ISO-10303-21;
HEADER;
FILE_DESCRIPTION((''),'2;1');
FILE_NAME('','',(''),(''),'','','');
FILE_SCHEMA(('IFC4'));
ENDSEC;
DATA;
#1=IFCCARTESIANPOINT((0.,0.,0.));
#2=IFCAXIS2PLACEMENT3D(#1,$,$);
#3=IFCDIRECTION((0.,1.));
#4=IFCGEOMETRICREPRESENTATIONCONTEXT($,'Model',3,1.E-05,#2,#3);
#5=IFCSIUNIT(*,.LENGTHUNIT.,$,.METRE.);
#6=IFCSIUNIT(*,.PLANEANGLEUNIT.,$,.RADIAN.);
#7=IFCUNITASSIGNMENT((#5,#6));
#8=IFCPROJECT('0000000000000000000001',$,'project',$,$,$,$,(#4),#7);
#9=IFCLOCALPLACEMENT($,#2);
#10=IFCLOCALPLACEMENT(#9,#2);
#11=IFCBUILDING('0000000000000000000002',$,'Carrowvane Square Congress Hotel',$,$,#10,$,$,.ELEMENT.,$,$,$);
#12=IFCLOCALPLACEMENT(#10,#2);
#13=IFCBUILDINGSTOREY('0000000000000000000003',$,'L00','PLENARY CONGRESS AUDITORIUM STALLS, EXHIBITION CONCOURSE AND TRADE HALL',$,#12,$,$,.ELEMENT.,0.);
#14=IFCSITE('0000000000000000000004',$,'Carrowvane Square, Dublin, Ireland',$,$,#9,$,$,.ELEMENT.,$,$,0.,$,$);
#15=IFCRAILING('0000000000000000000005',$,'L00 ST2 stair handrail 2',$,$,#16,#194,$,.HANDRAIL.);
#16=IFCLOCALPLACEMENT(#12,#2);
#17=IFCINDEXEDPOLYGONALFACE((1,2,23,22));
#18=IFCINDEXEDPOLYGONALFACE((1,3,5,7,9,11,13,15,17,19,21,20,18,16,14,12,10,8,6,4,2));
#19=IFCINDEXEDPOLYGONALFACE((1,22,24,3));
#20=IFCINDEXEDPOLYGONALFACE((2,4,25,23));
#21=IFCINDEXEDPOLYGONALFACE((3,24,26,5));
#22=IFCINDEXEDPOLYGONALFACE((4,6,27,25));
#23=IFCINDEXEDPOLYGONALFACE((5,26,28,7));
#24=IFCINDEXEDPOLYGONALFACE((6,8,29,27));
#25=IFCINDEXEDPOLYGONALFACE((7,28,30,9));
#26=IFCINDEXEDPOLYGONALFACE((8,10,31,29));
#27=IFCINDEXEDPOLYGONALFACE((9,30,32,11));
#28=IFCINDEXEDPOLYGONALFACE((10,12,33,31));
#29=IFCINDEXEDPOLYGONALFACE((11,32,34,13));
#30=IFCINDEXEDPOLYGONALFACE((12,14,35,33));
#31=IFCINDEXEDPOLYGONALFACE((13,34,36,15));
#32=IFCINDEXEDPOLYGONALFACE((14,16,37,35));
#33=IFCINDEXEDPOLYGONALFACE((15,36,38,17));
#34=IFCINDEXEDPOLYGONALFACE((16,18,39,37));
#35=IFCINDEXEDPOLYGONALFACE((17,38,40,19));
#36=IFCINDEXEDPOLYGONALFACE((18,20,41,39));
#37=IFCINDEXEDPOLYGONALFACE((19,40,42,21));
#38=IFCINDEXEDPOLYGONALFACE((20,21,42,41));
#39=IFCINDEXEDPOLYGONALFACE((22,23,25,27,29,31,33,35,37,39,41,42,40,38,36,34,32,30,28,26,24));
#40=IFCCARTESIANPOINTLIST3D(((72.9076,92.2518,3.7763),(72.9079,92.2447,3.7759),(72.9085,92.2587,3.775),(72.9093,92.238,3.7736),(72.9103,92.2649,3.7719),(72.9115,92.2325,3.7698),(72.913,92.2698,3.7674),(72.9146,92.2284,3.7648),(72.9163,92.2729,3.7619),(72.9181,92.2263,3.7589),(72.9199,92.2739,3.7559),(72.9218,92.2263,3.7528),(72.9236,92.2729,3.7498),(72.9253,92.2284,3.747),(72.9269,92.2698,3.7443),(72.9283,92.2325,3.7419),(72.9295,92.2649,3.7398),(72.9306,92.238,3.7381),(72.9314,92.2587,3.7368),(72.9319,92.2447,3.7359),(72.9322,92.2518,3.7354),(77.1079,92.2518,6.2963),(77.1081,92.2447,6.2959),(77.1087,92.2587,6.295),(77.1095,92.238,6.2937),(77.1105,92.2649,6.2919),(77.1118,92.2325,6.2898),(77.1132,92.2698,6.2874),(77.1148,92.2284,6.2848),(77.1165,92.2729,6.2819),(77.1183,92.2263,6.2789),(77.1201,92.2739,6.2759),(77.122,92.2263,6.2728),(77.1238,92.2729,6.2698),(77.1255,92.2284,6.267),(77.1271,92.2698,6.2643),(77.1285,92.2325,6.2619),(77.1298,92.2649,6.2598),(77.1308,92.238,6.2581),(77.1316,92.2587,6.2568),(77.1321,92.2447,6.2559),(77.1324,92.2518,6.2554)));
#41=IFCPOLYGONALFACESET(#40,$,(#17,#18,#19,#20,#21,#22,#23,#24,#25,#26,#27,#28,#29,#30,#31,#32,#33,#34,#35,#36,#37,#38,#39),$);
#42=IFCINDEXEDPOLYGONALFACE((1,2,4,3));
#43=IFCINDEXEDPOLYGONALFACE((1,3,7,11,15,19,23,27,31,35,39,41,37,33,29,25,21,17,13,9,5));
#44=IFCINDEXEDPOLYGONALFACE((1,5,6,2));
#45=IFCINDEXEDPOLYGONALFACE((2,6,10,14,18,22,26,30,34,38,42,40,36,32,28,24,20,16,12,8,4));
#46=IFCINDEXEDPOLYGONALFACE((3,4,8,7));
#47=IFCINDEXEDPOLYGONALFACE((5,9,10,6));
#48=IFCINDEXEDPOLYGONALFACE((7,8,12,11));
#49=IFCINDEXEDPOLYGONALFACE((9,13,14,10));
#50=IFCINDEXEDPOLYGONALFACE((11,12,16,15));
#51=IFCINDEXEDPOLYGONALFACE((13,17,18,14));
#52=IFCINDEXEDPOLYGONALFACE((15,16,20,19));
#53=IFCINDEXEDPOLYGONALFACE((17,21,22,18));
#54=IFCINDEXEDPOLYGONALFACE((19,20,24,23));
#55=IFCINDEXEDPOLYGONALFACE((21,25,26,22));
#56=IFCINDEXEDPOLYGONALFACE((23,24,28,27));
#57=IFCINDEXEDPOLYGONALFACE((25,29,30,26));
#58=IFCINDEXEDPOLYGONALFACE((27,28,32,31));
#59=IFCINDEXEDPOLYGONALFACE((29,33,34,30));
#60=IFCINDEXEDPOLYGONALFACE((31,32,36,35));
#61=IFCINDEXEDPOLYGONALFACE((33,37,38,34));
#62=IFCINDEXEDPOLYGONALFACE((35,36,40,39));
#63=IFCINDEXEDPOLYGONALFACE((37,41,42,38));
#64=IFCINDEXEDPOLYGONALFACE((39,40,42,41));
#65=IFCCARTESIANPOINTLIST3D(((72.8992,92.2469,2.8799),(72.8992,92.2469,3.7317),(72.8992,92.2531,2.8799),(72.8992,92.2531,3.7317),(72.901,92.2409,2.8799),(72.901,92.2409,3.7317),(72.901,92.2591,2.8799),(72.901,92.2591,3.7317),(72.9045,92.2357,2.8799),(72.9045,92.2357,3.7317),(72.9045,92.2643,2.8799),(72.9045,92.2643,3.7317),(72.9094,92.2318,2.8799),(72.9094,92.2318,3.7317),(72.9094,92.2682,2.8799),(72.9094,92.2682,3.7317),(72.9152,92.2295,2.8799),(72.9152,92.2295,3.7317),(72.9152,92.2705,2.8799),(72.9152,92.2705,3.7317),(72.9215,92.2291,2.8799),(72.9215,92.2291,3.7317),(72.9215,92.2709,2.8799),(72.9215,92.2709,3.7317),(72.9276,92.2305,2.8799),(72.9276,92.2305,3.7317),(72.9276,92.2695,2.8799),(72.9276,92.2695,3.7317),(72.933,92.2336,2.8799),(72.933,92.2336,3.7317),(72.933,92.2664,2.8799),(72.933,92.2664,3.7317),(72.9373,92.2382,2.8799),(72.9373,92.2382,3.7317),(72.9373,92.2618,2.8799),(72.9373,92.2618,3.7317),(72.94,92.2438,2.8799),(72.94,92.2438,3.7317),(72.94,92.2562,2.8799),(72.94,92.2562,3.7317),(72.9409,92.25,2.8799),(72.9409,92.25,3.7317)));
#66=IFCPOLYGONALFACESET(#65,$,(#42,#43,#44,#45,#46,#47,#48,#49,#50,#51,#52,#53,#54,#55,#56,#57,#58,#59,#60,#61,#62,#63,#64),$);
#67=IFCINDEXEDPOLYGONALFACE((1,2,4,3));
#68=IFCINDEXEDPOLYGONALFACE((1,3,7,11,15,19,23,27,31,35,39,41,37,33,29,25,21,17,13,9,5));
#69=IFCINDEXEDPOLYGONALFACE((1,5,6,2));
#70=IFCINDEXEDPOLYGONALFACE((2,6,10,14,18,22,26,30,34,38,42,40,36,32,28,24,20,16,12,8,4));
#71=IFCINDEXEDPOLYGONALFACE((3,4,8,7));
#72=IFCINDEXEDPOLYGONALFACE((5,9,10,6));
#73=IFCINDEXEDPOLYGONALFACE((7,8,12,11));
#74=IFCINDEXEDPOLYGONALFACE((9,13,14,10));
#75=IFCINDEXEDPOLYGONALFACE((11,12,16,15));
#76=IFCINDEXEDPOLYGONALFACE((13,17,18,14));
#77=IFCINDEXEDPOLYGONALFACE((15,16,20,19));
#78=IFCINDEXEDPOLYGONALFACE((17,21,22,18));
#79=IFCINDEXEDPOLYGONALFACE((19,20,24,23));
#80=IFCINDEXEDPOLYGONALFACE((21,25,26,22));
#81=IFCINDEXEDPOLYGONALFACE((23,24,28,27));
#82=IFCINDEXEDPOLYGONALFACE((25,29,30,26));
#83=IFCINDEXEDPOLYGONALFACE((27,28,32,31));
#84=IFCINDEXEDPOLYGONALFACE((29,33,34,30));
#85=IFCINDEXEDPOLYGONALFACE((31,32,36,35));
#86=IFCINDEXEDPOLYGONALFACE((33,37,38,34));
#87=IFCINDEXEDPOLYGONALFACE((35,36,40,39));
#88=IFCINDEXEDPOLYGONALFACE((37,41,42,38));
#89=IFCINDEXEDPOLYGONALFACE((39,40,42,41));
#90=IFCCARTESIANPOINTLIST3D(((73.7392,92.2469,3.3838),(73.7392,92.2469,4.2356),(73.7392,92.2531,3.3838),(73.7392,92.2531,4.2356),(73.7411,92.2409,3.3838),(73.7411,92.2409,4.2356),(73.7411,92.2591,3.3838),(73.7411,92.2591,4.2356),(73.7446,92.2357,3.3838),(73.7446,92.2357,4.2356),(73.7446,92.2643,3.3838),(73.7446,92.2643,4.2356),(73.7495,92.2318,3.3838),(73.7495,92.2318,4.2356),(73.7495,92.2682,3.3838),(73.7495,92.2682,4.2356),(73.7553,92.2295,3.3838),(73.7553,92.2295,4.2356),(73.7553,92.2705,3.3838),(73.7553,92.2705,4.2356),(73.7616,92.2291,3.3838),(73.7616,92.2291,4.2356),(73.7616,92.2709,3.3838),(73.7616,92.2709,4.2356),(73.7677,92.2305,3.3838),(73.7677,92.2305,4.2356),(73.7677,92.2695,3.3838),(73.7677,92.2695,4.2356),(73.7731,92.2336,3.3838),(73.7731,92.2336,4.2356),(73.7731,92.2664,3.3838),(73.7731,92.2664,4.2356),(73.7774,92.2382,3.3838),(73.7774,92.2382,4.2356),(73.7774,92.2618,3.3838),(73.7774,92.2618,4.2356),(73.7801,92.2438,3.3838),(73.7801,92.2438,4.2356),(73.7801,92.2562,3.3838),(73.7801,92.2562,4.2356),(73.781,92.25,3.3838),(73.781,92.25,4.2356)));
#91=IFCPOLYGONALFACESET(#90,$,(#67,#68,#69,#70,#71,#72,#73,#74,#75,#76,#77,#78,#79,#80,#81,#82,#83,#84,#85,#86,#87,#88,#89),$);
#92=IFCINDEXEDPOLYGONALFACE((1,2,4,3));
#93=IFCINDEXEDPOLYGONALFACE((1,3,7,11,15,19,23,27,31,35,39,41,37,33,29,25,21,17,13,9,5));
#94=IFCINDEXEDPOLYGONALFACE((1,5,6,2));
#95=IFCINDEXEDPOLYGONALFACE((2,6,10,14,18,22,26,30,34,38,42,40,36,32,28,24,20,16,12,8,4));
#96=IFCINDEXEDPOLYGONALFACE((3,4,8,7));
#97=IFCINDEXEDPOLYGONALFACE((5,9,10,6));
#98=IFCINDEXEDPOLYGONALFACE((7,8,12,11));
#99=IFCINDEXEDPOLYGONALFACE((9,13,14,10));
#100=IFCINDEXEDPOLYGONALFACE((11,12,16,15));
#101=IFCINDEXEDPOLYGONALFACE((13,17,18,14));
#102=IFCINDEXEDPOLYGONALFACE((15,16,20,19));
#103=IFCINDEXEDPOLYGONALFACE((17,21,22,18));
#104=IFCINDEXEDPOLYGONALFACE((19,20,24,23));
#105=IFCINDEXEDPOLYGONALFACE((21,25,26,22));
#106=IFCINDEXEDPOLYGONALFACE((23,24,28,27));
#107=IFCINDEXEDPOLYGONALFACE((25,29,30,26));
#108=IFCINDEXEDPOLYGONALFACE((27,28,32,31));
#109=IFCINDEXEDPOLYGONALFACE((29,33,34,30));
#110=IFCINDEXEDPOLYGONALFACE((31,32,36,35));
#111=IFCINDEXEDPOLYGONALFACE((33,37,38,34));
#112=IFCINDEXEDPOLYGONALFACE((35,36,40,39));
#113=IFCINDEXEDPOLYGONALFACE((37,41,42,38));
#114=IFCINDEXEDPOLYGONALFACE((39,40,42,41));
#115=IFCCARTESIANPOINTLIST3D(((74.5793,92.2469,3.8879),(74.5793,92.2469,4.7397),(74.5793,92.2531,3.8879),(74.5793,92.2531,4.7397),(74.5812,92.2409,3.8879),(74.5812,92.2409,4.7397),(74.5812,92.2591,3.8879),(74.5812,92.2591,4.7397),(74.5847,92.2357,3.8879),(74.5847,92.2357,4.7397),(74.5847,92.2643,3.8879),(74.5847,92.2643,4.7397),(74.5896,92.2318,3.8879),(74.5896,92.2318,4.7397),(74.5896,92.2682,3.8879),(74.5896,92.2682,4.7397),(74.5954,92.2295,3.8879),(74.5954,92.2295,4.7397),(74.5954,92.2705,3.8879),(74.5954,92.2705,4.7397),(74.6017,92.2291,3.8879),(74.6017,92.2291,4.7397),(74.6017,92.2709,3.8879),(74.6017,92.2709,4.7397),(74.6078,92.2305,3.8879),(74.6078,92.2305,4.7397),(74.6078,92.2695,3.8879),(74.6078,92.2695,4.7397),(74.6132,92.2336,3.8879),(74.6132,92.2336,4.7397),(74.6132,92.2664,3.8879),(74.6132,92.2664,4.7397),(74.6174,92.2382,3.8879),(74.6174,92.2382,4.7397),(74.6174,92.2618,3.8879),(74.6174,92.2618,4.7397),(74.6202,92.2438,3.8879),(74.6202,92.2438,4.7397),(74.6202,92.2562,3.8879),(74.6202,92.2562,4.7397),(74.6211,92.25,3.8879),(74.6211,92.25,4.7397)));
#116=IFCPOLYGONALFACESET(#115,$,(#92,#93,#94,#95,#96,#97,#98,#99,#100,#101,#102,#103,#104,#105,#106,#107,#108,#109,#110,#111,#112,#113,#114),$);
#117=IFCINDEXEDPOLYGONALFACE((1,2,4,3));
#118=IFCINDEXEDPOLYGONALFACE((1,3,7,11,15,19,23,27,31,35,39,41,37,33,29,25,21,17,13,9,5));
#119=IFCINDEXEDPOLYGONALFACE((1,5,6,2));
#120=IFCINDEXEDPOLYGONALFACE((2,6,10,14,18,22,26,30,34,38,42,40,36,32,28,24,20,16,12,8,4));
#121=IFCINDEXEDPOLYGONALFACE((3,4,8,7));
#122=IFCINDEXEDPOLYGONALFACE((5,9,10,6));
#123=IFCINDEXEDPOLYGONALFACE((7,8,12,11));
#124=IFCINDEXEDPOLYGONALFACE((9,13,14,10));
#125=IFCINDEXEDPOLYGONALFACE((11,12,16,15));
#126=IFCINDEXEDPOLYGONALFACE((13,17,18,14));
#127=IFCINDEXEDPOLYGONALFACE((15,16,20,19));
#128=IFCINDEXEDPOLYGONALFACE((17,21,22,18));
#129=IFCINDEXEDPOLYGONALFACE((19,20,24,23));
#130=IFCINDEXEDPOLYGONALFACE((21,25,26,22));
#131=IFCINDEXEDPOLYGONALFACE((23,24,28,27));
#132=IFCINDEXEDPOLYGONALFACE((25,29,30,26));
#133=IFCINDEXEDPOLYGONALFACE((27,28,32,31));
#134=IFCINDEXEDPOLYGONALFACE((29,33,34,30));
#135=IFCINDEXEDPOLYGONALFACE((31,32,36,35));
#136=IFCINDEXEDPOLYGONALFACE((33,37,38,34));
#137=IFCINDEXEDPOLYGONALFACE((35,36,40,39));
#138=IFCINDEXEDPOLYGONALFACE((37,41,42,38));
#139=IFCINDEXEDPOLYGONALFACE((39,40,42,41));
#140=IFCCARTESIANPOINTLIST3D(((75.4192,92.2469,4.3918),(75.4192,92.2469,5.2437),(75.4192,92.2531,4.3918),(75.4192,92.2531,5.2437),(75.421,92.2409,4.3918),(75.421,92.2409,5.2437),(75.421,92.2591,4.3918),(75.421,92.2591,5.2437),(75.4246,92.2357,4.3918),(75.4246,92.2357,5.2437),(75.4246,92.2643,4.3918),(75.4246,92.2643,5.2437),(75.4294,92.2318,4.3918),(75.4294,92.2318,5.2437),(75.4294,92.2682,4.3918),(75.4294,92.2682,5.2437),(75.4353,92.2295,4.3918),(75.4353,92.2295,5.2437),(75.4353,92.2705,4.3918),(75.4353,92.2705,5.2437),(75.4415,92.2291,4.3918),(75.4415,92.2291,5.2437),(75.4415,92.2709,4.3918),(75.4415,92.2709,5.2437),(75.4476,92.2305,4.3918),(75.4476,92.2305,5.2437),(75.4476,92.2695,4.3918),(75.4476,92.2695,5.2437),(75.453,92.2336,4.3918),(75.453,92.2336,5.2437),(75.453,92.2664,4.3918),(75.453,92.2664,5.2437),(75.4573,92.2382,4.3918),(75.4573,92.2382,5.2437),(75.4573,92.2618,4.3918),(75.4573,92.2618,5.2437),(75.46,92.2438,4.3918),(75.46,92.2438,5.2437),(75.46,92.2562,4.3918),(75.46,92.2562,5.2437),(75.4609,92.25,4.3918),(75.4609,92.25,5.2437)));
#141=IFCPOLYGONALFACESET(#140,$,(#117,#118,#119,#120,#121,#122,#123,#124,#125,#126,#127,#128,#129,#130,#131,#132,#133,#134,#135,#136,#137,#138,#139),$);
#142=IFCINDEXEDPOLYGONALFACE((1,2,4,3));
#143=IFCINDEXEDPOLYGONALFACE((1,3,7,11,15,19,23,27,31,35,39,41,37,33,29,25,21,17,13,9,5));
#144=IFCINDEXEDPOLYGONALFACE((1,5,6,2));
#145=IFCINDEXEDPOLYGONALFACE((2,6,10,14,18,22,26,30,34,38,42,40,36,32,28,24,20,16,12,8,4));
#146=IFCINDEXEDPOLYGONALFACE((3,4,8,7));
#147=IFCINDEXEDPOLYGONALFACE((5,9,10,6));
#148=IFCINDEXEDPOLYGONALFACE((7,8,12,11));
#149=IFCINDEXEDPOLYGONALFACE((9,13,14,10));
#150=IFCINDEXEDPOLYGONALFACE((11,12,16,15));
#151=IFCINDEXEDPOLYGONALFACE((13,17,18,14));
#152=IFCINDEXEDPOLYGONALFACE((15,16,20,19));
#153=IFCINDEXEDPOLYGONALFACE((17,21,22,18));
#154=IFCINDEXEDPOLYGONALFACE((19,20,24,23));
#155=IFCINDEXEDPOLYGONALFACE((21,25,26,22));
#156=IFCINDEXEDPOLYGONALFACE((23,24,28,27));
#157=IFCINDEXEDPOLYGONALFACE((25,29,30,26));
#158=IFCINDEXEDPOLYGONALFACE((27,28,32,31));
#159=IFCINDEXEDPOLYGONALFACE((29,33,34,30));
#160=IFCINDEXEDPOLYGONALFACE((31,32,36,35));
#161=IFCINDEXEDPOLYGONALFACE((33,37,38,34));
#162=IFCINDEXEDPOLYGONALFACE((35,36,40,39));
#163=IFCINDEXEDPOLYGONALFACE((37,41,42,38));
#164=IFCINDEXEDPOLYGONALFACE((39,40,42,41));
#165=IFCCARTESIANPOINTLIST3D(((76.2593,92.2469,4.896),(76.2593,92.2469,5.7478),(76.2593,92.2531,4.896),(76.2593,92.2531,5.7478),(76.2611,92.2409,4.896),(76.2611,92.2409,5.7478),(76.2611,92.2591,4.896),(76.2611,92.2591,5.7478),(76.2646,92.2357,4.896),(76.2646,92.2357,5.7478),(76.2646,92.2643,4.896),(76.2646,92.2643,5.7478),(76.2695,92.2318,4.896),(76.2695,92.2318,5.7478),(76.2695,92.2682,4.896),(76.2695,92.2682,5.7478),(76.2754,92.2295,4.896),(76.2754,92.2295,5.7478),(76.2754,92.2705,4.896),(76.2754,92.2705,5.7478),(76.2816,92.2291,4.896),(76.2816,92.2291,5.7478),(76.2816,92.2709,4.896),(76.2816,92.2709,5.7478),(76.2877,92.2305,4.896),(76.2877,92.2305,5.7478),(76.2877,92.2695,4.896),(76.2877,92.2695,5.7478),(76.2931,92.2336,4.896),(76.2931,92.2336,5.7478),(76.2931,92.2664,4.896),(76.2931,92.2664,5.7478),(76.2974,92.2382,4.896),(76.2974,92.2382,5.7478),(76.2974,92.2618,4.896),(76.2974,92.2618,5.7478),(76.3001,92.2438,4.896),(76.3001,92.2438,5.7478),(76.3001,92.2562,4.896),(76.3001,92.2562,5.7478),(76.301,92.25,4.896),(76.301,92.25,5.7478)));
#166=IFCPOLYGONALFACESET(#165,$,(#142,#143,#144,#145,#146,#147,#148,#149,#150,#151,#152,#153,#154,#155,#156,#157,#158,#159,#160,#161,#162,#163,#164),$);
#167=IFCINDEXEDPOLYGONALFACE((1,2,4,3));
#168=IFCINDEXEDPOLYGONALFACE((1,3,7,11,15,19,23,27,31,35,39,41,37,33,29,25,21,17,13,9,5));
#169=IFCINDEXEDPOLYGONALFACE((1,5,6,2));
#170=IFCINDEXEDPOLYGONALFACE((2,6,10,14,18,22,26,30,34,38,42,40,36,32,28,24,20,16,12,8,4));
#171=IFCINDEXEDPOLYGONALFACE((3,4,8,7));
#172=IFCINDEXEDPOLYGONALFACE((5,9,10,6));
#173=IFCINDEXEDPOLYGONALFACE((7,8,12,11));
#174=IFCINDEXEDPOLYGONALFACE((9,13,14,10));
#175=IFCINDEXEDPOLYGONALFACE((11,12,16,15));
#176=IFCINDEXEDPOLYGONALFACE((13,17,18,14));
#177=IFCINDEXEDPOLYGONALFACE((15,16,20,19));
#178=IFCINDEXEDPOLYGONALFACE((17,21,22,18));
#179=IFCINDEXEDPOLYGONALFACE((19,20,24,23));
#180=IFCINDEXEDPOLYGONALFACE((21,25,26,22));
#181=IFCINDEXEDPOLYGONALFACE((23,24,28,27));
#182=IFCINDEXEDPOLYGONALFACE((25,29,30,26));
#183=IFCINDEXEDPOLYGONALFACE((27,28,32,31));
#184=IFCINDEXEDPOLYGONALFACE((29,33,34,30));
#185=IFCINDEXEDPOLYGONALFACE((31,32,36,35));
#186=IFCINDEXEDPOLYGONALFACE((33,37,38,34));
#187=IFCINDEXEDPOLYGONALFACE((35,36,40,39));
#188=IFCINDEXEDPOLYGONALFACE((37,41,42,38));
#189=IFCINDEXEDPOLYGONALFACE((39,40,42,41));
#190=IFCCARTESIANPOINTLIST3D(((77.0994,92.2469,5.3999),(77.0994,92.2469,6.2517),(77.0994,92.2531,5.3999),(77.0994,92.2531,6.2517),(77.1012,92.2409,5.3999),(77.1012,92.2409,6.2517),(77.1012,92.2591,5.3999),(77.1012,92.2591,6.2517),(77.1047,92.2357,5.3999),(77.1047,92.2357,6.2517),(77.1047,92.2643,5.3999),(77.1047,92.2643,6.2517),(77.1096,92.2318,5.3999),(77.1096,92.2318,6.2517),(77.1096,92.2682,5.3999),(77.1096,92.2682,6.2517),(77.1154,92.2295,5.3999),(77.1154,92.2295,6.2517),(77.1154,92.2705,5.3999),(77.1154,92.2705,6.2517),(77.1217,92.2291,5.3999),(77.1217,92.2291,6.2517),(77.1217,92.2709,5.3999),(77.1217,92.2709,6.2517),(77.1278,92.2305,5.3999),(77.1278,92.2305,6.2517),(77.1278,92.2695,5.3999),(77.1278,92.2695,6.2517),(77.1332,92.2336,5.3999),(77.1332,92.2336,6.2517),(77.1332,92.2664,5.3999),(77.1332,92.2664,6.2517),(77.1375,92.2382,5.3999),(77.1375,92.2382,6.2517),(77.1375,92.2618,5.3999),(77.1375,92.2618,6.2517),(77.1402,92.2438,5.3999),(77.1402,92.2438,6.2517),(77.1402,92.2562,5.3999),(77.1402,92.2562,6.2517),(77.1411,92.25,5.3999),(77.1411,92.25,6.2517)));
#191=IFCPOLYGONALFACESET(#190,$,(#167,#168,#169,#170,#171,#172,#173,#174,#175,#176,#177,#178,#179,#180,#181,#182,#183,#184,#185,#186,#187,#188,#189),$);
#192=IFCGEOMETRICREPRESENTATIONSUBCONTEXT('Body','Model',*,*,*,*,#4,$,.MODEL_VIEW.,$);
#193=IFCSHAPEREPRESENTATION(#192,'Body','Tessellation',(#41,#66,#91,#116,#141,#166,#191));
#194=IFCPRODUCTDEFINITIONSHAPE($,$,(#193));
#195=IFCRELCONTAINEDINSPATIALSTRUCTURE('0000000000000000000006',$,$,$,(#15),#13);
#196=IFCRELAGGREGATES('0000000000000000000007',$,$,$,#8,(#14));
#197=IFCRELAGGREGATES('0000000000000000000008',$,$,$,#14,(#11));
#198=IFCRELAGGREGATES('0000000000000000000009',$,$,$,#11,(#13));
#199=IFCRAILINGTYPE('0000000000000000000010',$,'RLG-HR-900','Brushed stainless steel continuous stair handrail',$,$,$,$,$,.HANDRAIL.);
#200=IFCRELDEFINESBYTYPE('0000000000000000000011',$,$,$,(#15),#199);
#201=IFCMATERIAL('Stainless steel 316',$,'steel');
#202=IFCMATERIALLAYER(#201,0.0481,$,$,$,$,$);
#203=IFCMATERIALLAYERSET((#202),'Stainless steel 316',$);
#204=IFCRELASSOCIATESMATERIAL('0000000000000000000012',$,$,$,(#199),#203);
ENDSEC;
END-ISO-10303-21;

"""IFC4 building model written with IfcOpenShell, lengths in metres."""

from ifc_helpers import new_model, si_unit, direction, frame, origin, origin_2d, place, context, subcontext, project, spatial, circle, extrude, material, layer, layer_set, type_object, element, save


model = new_model("IFC4")

# Units and contexts
model_context = context("Model", 3, precision=1e-05, world=origin(), true_north=direction((0.0, 1.0)))
body_context = subcontext(model_context, "Body", "Model", "MODEL_VIEW")
ifc_project = project(units=[si_unit("LENGTHUNIT", "METRE"), si_unit("PLANEANGLEUNIT", "RADIAN")], contexts=[model_context])

# Site, building, storey
site_placement = place(None, origin())
site = spatial("IfcSite", under=ifc_project, at=site_placement, Name="Carrowvane Square, Dublin, Ireland", CompositionType="ELEMENT", RefElevation=0.0)
building_placement = place(site_placement, origin())
building = spatial("IfcBuilding", under=site, at=building_placement, Name="Carrowvane Square Congress Hotel", CompositionType="ELEMENT")
storey_placement = place(building_placement, origin())
storey = spatial("IfcBuildingStorey", under=building, at=storey_placement, Name="L00", Description="PLENARY CONGRESS AUDITORIUM STALLS, EXHIBITION CONCOURSE AND TRADE HALL", CompositionType="ELEMENT", Elevation=0.0)

# Railing
ifc_material_1 = material(Name="Stainless steel 316", Category="steel")
ifc_layer_1 = layer(ifc_material_1, 0.0481)
ifc_layer_set_1 = layer_set([ifc_layer_1], Name="Stainless steel 316")
railing_type_1 = type_object("IfcRailingType", Name="RLG-HR-900", Description="Brushed stainless steel continuous stair handrail", PredefinedType="HANDRAIL", material=ifc_layer_set_1)
railing_1_placement = place(storey_placement, frame((72.9199, 92.25, 2.8799)))
element("IfcRailing", 1, at=railing_1_placement, inside=storey, type_object=railing_type_1, Name="L00 ST2 stair handrail 2", PredefinedType="HANDRAIL", context=body_context, shape_type="SweptSolid", body=[
    extrude(circle(Radius=0.0239, at=origin_2d()), frame((0.0, 0.0, 0.876), z_axis=(0.857502, 0.0, 0.514481), x_axis=(0.0, 1.0, 0.0)), (0.0, 0.0, 1.0), 4.8982),
    extrude(circle(Radius=0.021, at=origin_2d()), origin(), (0.0, 0.0, 1.0), 0.8518),
    extrude(circle(Radius=0.021, at=origin_2d()), frame((0.8401, 0.0, 0.5039)), (0.0, 0.0, 1.0), 0.8518),
    extrude(circle(Radius=0.021, at=origin_2d()), frame((1.6802, 0.0, 1.0081)), (0.0, 0.0, 1.0), 0.8518),
    extrude(circle(Radius=0.021, at=origin_2d()), frame((2.52, 0.0, 1.512)), (0.0, 0.0, 1.0), 0.8518),
    extrude(circle(Radius=0.021, at=origin_2d()), frame((3.3601, 0.0, 2.0161)), (0.0, 0.0, 1.0), 0.8518),
    extrude(circle(Radius=0.021, at=origin_2d()), frame((4.2002, 0.0, 2.52)), (0.0, 0.0, 1.0), 0.8518),
])

save(model, "model.ifc")
